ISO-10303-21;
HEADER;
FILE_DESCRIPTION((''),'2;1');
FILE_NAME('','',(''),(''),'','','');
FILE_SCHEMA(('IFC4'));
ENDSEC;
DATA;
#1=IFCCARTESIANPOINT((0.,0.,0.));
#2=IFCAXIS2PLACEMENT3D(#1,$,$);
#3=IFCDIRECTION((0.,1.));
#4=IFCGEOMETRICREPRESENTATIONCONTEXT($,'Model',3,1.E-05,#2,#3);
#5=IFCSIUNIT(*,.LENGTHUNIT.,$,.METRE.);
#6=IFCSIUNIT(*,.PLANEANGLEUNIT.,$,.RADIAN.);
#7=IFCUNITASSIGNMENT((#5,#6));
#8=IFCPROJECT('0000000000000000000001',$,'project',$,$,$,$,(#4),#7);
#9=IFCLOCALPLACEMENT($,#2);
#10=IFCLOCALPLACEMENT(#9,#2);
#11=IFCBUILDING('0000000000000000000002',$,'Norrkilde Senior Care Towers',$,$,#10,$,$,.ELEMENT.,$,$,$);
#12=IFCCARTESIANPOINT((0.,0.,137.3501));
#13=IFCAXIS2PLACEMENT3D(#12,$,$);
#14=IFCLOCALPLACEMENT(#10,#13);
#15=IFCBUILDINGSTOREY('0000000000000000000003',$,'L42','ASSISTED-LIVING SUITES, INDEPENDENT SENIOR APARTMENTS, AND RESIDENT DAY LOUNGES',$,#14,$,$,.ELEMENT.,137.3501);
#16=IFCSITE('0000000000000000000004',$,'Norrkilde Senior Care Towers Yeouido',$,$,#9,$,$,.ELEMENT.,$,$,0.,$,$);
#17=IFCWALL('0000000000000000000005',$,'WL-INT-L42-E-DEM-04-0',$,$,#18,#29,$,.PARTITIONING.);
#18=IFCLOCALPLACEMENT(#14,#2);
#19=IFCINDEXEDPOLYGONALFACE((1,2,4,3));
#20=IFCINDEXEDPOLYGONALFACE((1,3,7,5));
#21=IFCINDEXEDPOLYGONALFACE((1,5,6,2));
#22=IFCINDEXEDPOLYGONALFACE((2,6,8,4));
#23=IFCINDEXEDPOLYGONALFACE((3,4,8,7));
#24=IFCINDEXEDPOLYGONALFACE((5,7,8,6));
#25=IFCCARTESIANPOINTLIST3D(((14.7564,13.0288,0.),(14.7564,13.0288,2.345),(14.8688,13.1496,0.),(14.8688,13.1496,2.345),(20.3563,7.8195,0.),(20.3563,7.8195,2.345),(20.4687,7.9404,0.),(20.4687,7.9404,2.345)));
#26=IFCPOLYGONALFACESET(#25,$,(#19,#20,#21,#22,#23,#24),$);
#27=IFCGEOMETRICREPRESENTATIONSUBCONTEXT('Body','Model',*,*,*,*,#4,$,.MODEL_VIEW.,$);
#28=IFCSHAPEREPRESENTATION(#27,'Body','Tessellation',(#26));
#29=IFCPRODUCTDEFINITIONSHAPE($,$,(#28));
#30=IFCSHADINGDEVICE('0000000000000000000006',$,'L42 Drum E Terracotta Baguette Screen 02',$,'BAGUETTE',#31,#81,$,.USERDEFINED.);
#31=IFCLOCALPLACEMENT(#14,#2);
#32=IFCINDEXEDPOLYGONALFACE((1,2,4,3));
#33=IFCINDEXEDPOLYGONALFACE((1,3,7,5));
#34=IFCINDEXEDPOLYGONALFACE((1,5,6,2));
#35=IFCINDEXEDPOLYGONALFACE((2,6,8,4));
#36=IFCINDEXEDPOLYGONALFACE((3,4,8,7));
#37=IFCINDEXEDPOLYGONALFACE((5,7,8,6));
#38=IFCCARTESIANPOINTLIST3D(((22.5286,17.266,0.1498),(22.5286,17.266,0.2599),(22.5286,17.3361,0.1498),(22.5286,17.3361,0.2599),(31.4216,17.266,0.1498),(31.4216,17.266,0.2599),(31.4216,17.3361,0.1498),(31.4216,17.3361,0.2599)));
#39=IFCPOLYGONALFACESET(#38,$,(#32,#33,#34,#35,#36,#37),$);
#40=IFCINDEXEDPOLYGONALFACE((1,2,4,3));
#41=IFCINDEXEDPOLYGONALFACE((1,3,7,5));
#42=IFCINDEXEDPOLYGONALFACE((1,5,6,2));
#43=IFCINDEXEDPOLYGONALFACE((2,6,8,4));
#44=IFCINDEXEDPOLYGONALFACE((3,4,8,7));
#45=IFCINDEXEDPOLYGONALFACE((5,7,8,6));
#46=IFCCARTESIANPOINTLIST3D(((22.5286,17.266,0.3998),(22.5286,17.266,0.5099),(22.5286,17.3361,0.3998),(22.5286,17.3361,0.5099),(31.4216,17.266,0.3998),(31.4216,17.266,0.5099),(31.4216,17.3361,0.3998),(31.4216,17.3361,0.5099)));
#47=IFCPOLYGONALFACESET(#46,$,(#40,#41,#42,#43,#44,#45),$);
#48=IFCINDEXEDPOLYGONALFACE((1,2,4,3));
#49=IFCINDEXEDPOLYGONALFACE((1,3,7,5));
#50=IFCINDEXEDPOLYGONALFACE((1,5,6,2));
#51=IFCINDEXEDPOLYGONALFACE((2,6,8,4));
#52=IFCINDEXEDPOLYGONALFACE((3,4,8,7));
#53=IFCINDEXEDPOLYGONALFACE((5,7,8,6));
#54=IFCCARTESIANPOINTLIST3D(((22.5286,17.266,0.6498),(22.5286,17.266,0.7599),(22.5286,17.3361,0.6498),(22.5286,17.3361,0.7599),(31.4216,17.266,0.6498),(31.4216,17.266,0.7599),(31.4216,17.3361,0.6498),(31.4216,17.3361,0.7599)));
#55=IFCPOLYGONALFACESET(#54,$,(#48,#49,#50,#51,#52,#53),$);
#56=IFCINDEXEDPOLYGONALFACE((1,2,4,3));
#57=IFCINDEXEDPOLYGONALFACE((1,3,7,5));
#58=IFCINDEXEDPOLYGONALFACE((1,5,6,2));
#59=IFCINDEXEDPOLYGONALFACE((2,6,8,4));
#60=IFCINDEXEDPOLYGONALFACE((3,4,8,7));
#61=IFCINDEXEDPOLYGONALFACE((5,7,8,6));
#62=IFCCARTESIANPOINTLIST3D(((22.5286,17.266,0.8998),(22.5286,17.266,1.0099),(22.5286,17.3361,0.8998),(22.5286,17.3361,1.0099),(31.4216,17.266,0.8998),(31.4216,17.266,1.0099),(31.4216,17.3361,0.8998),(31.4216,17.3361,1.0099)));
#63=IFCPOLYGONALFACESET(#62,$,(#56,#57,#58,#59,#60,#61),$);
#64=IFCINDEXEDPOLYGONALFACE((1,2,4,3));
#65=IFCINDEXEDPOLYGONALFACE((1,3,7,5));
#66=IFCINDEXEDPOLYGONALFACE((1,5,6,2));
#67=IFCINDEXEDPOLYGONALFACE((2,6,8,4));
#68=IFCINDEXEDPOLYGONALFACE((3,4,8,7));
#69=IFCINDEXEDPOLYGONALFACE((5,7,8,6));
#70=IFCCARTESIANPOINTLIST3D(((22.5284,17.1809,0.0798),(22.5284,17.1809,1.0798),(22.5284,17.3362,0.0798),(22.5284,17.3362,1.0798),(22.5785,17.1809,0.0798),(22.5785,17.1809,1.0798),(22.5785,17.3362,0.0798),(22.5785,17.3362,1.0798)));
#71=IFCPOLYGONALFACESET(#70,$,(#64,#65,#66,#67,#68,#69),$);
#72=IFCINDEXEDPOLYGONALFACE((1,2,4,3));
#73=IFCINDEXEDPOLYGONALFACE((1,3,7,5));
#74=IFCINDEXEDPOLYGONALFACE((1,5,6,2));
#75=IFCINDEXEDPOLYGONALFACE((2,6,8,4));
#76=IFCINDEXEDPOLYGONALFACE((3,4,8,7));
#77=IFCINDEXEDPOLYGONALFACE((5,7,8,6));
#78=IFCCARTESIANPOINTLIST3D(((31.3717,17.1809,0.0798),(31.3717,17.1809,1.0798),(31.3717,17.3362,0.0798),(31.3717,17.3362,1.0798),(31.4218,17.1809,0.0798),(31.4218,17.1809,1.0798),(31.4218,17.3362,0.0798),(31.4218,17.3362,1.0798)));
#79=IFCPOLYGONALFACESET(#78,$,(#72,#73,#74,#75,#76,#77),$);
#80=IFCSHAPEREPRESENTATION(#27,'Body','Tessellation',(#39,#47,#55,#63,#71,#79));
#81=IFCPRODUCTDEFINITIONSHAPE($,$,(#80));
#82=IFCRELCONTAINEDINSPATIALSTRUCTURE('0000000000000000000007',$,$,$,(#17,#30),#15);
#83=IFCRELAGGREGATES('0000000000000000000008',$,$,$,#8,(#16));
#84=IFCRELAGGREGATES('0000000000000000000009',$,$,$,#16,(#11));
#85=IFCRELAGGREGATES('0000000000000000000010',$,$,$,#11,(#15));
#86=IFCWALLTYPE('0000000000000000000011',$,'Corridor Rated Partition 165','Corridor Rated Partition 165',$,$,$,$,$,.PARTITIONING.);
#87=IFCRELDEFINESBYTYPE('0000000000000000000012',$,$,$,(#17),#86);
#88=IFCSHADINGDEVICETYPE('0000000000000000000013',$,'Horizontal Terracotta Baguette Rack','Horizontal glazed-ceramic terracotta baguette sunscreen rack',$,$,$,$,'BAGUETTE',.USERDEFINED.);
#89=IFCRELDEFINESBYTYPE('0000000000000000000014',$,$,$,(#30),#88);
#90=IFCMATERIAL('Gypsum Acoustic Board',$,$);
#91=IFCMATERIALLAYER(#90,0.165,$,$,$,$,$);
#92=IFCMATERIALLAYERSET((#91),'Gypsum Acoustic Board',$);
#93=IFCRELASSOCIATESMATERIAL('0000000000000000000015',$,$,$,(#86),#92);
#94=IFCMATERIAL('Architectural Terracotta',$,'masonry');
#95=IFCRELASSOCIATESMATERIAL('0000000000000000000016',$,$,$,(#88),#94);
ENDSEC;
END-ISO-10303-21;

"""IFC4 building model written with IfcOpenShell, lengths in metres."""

from ifc_helpers import new_model, si_unit, direction, frame, frame_2d, origin, origin_2d, place, context, subcontext, project, spatial, rectangle, extrude, source, transform, mapped, material, layer, layer_set, type_object, type_shapes, element, save


model = new_model("IFC4")

# Units and contexts
model_context = context("Model", 3, precision=1e-05, world=origin(), true_north=direction((0.0, 1.0)))
body_context = subcontext(model_context, "Body", "Model", "MODEL_VIEW")
ifc_project = project(units=[si_unit("LENGTHUNIT", "METRE"), si_unit("PLANEANGLEUNIT", "RADIAN")], contexts=[model_context])

# Site, building, storey
site_placement = place(None, origin())
site = spatial("IfcSite", under=ifc_project, at=site_placement, Name="Norrkilde Senior Care Towers Yeouido", CompositionType="ELEMENT", RefElevation=0.0)
building_placement = place(site_placement, origin())
building = spatial("IfcBuilding", under=site, at=building_placement, Name="Norrkilde Senior Care Towers", CompositionType="ELEMENT")
storey_placement = place(building_placement, frame((0.0, 0.0, 137.3501)))
storey = spatial("IfcBuildingStorey", under=building, at=storey_placement, Name="L42", Description="ASSISTED-LIVING SUITES, INDEPENDENT SENIOR APARTMENTS, AND RESIDENT DAY LOUNGES", CompositionType="ELEMENT", Elevation=137.3501)

# Wall
ifc_material_1 = material(Name="Gypsum Acoustic Board")
ifc_layer_1 = layer(ifc_material_1, 0.165)
ifc_layer_set_1 = layer_set([ifc_layer_1], Name="Gypsum Acoustic Board")
wall_type = type_object("IfcWallType", Name="Corridor Rated Partition 165", Description="Corridor Rated Partition 165", PredefinedType="PARTITIONING", material=ifc_layer_set_1)
shared_shape_1 = source(origin(), body_context, "Body", "SweptSolid", [
    extrude(rectangle(XDim=7.6482, YDim=0.165, at=frame_2d((3.8242, 0.0))), origin(), (0.0, 0.0, 1.0), 2.345),
])
wall_1_placement = place(storey_placement, frame((20.4126, 7.8799, 0.0), z_axis=(0.0, 0.0, 1.0), x_axis=(-0.732183, 0.681108, 0.0)))
element("IfcWall", 1, at=wall_1_placement, inside=storey, type_object=wall_type, Name="WL-INT-L42-E-DEM-04-0", PredefinedType="PARTITIONING", context=body_context, shape_type="MappedRepresentation", body=[
    mapped(shared_shape_1, transform((0.0, 0.0, 0.0), x_axis=(1.0, 0.0, 0.0), y_axis=(0.0, 1.0, 0.0), z_axis=(0.0, 0.0, 1.0), scale=1.0)),
])

# Shading device
ifc_material_2 = material(Name="Architectural Terracotta", Category="masonry")
shading_device_type = type_object("IfcShadingDeviceType", Name="Horizontal Terracotta Baguette Rack", Description="Horizontal glazed-ceramic terracotta baguette sunscreen rack", ElementType="BAGUETTE", PredefinedType="USERDEFINED", material=ifc_material_2)
shared_shape_2 = source(origin(), body_context, "Body", "SweptSolid", [
    extrude(rectangle(XDim=0.0701, YDim=0.1101, at=origin_2d()), frame((0.0, 0.0901, 0.125), z_axis=(1.0, 0.0, 0.0), x_axis=(0.0, 1.0, 0.0)), (0.0, 0.0, 1.0), 8.8931),
    extrude(rectangle(XDim=0.0701, YDim=0.1101, at=origin_2d()), frame((0.0, 0.0901, 0.375), z_axis=(1.0, 0.0, 0.0), x_axis=(0.0, 1.0, 0.0)), (0.0, 0.0, 1.0), 8.8931),
    extrude(rectangle(XDim=0.0701, YDim=0.1101, at=origin_2d()), frame((0.0, 0.0901, 0.625), z_axis=(1.0, 0.0, 0.0), x_axis=(0.0, 1.0, 0.0)), (0.0, 0.0, 1.0), 8.8931),
    extrude(rectangle(XDim=0.0701, YDim=0.1101, at=origin_2d()), frame((0.0, 0.0901, 0.875), z_axis=(1.0, 0.0, 0.0), x_axis=(0.0, 1.0, 0.0)), (0.0, 0.0, 1.0), 8.8931),
    extrude(rectangle(XDim=0.05, YDim=0.1553, at=origin_2d()), frame((0.0249, 0.0476, 0.0)), (0.0, 0.0, 1.0), 1.0),
    extrude(rectangle(XDim=0.05, YDim=0.1553, at=origin_2d()), frame((8.8682, 0.0476, 0.0)), (0.0, 0.0, 1.0), 1.0),
])
type_shapes(shading_device_type, [shared_shape_2])
shading_device_placement = place(storey_placement, frame((22.5286, 17.2109, 0.0798), z_axis=(0.0, 0.0, 1.0), x_axis=(1.0, 0.0, 0.0)))
element("IfcShadingDevice", 2, at=shading_device_placement, inside=storey, type_object=shading_device_type, Name="L42 Drum E Terracotta Baguette Screen 02", ObjectType="BAGUETTE", PredefinedType="USERDEFINED", context=body_context, shape_type="MappedRepresentation", body=[
    mapped(shared_shape_2, transform((0.0, 0.0, 0.0), x_axis=(1.0, 0.0, 0.0), y_axis=(0.0, 1.0, 0.0), z_axis=(0.0, 0.0, 1.0), scale=1.0)),
])

save(model, "model.ifc")
